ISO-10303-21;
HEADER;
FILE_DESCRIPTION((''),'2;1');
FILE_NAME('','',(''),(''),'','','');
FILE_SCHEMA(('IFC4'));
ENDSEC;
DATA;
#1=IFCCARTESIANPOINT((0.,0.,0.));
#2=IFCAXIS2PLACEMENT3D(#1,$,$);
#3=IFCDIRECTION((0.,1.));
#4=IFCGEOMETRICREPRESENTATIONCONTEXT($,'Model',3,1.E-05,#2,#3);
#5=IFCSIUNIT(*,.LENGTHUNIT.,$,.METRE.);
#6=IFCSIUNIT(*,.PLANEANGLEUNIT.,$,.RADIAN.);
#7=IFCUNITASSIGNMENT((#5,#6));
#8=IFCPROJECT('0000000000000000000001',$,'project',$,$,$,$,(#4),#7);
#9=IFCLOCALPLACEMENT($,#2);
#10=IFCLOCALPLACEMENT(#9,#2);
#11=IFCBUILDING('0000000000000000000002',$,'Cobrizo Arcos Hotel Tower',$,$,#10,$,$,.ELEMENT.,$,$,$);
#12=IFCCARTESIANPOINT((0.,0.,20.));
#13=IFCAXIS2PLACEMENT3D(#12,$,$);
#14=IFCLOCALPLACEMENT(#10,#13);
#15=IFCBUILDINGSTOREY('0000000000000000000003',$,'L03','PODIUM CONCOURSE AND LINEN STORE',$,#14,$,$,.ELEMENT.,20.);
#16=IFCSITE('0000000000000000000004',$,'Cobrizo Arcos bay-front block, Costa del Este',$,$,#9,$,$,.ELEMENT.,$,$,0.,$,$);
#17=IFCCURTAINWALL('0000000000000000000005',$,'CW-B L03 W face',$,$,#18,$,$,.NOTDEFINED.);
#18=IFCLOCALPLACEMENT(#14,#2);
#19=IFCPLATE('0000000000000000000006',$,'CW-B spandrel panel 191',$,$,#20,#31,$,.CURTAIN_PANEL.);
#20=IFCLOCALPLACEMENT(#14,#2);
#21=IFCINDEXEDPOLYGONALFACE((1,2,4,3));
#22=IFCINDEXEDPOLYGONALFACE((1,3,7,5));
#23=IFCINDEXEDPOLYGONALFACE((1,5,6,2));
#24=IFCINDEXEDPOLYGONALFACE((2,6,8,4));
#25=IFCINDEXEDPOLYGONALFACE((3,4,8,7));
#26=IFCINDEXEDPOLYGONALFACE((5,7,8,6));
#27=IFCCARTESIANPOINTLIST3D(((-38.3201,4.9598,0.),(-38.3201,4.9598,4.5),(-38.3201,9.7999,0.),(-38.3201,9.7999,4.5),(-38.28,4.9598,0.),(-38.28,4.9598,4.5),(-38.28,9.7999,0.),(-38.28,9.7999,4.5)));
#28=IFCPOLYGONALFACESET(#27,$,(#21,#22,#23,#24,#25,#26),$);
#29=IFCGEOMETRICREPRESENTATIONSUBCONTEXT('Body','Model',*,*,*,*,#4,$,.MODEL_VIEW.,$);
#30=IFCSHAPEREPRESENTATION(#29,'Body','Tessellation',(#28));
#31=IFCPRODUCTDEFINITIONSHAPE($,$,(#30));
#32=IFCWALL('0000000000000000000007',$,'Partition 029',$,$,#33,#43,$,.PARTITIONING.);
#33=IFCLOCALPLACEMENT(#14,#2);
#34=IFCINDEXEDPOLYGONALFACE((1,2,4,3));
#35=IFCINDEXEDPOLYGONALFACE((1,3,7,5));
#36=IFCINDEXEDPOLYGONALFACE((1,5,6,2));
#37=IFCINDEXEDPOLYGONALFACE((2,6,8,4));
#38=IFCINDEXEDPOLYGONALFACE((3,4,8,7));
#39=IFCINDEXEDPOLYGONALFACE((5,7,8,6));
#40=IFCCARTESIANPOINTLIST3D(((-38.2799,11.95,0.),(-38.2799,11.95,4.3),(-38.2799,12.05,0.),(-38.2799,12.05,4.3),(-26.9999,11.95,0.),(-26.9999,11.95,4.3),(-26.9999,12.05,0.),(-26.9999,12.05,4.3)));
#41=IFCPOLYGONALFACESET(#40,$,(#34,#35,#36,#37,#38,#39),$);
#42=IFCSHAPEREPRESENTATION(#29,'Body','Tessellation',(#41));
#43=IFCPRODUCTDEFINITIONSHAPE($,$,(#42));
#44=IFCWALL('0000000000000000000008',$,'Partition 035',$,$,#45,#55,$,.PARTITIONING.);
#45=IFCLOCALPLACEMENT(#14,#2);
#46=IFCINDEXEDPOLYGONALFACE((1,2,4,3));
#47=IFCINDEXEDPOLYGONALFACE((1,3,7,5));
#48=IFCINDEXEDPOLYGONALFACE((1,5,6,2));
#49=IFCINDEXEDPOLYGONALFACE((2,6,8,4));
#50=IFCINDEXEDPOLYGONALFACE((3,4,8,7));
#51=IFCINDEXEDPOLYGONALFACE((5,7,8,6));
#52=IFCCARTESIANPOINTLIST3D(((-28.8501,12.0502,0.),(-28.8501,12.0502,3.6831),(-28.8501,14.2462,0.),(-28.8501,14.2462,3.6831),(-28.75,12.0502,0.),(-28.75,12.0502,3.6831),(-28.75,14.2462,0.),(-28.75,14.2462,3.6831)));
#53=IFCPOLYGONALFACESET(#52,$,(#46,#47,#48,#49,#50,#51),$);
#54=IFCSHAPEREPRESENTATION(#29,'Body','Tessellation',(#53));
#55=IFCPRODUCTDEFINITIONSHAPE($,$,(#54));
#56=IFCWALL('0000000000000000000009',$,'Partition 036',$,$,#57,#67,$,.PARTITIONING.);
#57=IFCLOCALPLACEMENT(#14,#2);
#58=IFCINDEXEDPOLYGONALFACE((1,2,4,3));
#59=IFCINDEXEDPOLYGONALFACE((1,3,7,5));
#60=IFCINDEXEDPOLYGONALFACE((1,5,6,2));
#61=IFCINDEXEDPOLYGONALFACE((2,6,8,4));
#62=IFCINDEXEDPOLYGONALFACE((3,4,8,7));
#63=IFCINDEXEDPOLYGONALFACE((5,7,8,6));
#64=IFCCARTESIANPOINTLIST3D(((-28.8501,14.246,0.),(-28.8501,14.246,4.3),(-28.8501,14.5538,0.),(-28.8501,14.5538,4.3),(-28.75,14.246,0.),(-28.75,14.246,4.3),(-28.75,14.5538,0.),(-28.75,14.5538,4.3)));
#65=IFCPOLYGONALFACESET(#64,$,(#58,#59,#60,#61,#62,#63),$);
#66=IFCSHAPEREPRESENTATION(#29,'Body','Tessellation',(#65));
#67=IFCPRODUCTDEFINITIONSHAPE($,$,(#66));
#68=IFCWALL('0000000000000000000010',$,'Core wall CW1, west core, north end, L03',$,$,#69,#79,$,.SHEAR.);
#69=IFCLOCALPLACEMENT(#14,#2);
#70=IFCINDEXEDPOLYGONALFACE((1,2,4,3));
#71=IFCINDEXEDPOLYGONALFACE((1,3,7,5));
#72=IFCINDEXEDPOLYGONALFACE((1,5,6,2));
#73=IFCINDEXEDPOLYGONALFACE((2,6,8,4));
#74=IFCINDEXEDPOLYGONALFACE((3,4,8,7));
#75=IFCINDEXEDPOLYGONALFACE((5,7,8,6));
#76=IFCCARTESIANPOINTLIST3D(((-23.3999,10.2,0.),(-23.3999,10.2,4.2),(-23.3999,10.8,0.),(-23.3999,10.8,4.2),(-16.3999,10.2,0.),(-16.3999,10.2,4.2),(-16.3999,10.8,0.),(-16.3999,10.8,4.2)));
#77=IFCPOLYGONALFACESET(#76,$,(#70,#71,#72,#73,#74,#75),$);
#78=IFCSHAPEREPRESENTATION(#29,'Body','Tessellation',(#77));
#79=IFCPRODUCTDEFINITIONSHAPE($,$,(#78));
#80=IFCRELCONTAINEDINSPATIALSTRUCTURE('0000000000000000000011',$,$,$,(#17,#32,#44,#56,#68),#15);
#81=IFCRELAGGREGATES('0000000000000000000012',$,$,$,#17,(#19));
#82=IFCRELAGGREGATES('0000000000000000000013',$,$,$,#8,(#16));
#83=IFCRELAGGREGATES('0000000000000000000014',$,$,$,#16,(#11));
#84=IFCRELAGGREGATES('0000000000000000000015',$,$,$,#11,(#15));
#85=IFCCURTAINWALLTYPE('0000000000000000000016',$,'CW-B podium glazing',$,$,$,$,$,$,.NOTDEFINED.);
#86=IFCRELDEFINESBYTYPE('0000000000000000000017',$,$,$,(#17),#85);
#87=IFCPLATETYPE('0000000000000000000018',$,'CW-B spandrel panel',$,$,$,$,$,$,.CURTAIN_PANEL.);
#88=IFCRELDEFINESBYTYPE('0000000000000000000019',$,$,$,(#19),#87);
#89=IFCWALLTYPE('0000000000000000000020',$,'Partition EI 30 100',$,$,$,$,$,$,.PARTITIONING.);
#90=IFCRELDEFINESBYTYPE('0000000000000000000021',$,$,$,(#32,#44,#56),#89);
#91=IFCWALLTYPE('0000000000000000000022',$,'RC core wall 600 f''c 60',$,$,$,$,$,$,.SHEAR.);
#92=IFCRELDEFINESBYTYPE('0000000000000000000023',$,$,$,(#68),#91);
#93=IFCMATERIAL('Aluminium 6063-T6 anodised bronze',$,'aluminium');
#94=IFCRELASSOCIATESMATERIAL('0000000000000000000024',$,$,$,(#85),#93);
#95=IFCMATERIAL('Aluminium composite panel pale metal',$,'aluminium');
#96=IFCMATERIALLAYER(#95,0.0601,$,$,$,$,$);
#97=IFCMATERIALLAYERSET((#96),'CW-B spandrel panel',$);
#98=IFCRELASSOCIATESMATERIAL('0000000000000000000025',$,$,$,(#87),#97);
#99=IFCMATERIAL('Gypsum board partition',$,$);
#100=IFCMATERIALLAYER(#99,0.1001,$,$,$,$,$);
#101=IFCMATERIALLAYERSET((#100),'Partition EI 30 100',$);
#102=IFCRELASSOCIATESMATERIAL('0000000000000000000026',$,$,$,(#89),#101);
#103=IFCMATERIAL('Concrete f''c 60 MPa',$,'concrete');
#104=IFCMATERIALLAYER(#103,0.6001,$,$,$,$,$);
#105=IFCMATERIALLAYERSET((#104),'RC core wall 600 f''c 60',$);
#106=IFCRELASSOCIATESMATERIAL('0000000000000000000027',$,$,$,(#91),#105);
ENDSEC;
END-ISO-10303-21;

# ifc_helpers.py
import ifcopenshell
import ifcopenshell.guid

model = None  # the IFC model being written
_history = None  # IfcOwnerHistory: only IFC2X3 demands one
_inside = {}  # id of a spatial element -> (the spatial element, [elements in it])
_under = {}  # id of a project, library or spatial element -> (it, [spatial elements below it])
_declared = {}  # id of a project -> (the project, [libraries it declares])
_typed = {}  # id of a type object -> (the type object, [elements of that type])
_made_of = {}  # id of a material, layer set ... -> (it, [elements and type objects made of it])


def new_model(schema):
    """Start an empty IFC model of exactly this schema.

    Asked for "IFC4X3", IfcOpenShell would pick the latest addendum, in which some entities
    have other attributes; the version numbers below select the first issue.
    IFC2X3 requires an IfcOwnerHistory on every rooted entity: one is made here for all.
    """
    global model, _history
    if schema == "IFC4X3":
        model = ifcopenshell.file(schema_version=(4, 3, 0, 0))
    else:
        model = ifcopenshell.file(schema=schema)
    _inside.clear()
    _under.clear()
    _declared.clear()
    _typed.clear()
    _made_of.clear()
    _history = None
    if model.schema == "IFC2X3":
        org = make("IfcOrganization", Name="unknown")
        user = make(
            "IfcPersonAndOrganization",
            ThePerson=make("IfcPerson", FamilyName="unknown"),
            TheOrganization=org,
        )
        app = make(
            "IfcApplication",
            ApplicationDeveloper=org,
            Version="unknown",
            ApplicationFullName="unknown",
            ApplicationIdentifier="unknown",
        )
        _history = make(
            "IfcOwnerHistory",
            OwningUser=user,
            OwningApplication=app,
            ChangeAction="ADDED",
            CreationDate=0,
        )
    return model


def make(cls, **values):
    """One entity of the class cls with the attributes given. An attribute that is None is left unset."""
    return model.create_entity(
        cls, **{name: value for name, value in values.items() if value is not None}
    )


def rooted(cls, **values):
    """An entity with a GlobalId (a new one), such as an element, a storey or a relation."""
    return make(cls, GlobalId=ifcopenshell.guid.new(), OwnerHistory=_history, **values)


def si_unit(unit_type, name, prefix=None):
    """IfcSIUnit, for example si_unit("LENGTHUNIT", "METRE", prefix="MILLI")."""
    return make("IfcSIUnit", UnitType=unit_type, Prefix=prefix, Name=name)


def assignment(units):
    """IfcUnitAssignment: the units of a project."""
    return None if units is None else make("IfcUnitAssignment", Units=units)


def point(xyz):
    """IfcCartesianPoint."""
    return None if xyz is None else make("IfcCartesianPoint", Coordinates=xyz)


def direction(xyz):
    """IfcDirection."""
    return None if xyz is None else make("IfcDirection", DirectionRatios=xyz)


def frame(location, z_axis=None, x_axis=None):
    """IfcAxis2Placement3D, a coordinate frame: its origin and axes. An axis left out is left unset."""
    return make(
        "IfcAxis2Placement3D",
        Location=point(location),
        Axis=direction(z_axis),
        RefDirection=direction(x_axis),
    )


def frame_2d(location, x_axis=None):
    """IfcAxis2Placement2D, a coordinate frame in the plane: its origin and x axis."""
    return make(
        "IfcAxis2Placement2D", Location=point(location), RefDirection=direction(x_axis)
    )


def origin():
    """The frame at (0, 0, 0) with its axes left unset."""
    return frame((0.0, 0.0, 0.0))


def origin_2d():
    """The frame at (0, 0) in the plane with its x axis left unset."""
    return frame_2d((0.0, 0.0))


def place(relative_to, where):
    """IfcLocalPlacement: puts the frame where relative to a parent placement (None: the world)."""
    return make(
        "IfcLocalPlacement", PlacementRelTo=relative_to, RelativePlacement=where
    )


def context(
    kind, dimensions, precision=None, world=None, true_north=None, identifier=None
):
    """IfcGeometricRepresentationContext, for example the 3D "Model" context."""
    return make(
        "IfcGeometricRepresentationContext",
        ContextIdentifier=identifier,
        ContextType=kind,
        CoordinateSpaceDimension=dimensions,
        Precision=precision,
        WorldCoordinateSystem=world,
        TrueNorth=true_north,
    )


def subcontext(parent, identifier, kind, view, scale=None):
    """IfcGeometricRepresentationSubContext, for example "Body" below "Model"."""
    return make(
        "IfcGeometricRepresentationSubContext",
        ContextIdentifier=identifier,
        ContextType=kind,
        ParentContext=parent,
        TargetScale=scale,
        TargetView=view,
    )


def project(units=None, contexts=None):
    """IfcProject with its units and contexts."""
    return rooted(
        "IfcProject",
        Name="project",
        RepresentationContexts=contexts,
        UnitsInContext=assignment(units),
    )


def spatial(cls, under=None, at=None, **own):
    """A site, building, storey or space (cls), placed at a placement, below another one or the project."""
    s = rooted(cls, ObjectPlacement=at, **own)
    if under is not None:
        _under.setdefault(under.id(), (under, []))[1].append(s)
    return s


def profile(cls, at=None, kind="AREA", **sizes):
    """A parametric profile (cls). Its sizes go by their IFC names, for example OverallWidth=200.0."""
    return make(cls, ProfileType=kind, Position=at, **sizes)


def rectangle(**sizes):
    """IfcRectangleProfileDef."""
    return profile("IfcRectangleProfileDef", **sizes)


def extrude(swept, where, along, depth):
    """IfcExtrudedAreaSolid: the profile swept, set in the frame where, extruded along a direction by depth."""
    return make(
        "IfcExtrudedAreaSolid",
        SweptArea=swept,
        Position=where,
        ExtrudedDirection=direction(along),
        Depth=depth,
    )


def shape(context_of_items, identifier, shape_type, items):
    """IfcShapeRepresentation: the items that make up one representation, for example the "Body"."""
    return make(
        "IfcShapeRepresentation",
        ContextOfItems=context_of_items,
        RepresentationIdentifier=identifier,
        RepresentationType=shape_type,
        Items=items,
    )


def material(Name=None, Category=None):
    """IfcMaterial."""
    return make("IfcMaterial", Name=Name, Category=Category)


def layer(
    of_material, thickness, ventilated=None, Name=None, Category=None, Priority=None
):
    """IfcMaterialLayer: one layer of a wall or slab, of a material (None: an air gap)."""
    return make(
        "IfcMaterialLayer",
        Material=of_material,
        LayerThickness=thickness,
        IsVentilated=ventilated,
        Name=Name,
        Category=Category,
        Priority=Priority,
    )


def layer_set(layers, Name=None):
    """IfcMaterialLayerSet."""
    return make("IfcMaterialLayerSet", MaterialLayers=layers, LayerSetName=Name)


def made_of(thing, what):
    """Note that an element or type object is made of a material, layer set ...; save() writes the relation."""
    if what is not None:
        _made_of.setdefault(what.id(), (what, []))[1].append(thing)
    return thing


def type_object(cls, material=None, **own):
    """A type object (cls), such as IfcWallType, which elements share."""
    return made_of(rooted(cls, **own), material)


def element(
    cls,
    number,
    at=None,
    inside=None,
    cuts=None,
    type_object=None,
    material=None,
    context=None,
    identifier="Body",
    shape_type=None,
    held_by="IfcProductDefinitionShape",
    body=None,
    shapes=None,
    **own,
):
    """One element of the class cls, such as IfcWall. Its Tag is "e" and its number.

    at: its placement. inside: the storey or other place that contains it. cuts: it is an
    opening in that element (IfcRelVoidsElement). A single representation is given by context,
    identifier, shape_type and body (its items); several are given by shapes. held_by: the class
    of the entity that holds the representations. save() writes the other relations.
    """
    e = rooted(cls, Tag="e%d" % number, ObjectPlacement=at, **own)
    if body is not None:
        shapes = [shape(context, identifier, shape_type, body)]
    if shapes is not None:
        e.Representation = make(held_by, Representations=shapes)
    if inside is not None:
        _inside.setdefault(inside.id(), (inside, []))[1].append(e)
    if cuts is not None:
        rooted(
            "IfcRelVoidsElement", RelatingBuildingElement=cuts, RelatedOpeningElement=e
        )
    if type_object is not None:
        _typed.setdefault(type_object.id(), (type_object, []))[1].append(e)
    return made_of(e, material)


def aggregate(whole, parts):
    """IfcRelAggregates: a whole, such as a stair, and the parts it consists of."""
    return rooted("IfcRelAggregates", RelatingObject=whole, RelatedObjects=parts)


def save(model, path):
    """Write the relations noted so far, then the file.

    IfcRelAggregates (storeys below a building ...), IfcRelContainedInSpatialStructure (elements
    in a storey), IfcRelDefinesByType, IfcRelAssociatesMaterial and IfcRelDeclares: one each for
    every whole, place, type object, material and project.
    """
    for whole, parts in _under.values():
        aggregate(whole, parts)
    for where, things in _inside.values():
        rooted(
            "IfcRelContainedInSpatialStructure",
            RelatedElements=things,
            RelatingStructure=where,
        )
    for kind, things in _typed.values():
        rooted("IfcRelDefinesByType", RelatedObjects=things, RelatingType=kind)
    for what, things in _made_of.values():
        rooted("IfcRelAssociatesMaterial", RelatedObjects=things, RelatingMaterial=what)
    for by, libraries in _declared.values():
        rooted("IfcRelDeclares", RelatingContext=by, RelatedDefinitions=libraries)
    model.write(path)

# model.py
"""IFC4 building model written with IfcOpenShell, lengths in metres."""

from ifc_helpers import new_model, si_unit, direction, frame, frame_2d, origin, origin_2d, place, context, subcontext, project, spatial, rectangle, extrude, material, layer, layer_set, type_object, element, aggregate, save


model = new_model("IFC4")

# Units and contexts
model_context = context("Model", 3, precision=1e-05, world=origin(), true_north=direction((0.0, 1.0)))
body_context = subcontext(model_context, "Body", "Model", "MODEL_VIEW")
ifc_project = project(units=[si_unit("LENGTHUNIT", "METRE"), si_unit("PLANEANGLEUNIT", "RADIAN")], contexts=[model_context])

# Site, building, storey
site_placement = place(None, origin())
site = spatial("IfcSite", under=ifc_project, at=site_placement, Name="Cobrizo Arcos bay-front block, Costa del Este", CompositionType="ELEMENT", RefElevation=0.0)
building_placement = place(site_placement, origin())
building = spatial("IfcBuilding", under=site, at=building_placement, Name="Cobrizo Arcos Hotel Tower", CompositionType="ELEMENT")
storey_placement = place(building_placement, frame((0.0, 0.0, 20.0)))
storey = spatial("IfcBuildingStorey", under=building, at=storey_placement, Name="L03", Description="PODIUM CONCOURSE AND LINEN STORE", CompositionType="ELEMENT", Elevation=20.0)

# Curtain wall
ifc_material_1 = material(Name="Aluminium 6063-T6 anodised bronze", Category="aluminium")
curtain_wall_type = type_object("IfcCurtainWallType", Name="CW-B podium glazing", PredefinedType="NOTDEFINED", material=ifc_material_1)
curtain_wall_placement = place(storey_placement, origin())
curtain_wall = element("IfcCurtainWall", 1, at=curtain_wall_placement, inside=storey, type_object=curtain_wall_type, Name="CW-B L03 W face", PredefinedType="NOTDEFINED")

# Plate
ifc_material_2 = material(Name="Aluminium composite panel pale metal", Category="aluminium")
ifc_layer_1 = layer(ifc_material_2, 0.0601)
ifc_layer_set_1 = layer_set([ifc_layer_1], Name="CW-B spandrel panel")
plate_type = type_object("IfcPlateType", Name="CW-B spandrel panel", PredefinedType="CURTAIN_PANEL", material=ifc_layer_set_1)
plate_1_placement = place(storey_placement, frame((-38.3, 7.3799, 0.0), z_axis=(0.0, 0.0, 1.0), x_axis=(0.0, -1.0, 0.0)))
plate_1 = element("IfcPlate", 2, at=plate_1_placement, type_object=plate_type, Name="CW-B spandrel panel 191", PredefinedType="CURTAIN_PANEL", context=body_context, shape_type="SweptSolid", body=[
    extrude(rectangle(XDim=4.8401, YDim=0.04, at=origin_2d()), origin(), (0.0, 0.0, 1.0), 4.5),
])
aggregate(curtain_wall, [plate_1])

# Shared definitions
ifc_material_3 = material(Name="Gypsum board partition")

# Walls
ifc_layer_2 = layer(ifc_material_3, 0.1001)
ifc_layer_set_2 = layer_set([ifc_layer_2], Name="Partition EI 30 100")
wall_type_1 = type_object("IfcWallType", Name="Partition EI 30 100", PredefinedType="PARTITIONING", material=ifc_layer_set_2)
wall_1_placement = place(storey_placement, frame((-38.28, 12.0, 0.0), z_axis=(0.0, 0.0, 1.0), x_axis=(1.0, 0.0, 0.0)))
element("IfcWall", 3, at=wall_1_placement, inside=storey, type_object=wall_type_1, Name="Partition 029", PredefinedType="PARTITIONING", context=body_context, shape_type="SweptSolid", body=[
    extrude(rectangle(XDim=11.28, YDim=0.1001, at=frame_2d((5.6401, 0.0))), origin(), (0.0, 0.0, 1.0), 4.3),
])
wall_2_placement = place(storey_placement, frame((-28.8, 12.05, 0.0), z_axis=(0.0, 0.0, 1.0), x_axis=(0.0, 1.0, 0.0)))
element("IfcWall", 4, at=wall_2_placement, inside=storey, type_object=wall_type_1, Name="Partition 035", PredefinedType="PARTITIONING", context=body_context, shape_type="SweptSolid", body=[
    extrude(rectangle(XDim=2.196, YDim=0.1001, at=frame_2d((1.0981, 0.0))), origin(), (0.0, 0.0, 1.0), 3.6831),
])
wall_3_placement = place(storey_placement, frame((-28.8, 14.2461, 0.0), z_axis=(0.0, 0.0, 1.0), x_axis=(0.0, 1.0, 0.0)))
element("IfcWall", 5, at=wall_3_placement, inside=storey, type_object=wall_type_1, Name="Partition 036", PredefinedType="PARTITIONING", context=body_context, shape_type="SweptSolid", body=[
    extrude(rectangle(XDim=0.3079, YDim=0.1001, at=frame_2d((0.1538, 0.0))), origin(), (0.0, 0.0, 1.0), 4.3),
])
ifc_material_4 = material(Name="Concrete f'c 60 MPa", Category="concrete")
ifc_layer_3 = layer(ifc_material_4, 0.6001)
ifc_layer_set_3 = layer_set([ifc_layer_3], Name="RC core wall 600 f'c 60")
wall_type_2 = type_object("IfcWallType", Name="RC core wall 600 f'c 60", PredefinedType="SHEAR", material=ifc_layer_set_3)
wall_4_placement = place(storey_placement, frame((-23.3999, 10.5, 0.0), z_axis=(0.0, 0.0, 1.0), x_axis=(1.0, 0.0, 0.0)))
element("IfcWall", 6, at=wall_4_placement, inside=storey, type_object=wall_type_2, Name="Core wall CW1, west core, north end, L03", PredefinedType="SHEAR", context=body_context, shape_type="SweptSolid", body=[
    extrude(rectangle(XDim=7.0, YDim=0.6001, at=frame_2d((3.5, 0.0))), origin(), (0.0, 0.0, 1.0), 4.2),
])

save(model, "model.ifc")
